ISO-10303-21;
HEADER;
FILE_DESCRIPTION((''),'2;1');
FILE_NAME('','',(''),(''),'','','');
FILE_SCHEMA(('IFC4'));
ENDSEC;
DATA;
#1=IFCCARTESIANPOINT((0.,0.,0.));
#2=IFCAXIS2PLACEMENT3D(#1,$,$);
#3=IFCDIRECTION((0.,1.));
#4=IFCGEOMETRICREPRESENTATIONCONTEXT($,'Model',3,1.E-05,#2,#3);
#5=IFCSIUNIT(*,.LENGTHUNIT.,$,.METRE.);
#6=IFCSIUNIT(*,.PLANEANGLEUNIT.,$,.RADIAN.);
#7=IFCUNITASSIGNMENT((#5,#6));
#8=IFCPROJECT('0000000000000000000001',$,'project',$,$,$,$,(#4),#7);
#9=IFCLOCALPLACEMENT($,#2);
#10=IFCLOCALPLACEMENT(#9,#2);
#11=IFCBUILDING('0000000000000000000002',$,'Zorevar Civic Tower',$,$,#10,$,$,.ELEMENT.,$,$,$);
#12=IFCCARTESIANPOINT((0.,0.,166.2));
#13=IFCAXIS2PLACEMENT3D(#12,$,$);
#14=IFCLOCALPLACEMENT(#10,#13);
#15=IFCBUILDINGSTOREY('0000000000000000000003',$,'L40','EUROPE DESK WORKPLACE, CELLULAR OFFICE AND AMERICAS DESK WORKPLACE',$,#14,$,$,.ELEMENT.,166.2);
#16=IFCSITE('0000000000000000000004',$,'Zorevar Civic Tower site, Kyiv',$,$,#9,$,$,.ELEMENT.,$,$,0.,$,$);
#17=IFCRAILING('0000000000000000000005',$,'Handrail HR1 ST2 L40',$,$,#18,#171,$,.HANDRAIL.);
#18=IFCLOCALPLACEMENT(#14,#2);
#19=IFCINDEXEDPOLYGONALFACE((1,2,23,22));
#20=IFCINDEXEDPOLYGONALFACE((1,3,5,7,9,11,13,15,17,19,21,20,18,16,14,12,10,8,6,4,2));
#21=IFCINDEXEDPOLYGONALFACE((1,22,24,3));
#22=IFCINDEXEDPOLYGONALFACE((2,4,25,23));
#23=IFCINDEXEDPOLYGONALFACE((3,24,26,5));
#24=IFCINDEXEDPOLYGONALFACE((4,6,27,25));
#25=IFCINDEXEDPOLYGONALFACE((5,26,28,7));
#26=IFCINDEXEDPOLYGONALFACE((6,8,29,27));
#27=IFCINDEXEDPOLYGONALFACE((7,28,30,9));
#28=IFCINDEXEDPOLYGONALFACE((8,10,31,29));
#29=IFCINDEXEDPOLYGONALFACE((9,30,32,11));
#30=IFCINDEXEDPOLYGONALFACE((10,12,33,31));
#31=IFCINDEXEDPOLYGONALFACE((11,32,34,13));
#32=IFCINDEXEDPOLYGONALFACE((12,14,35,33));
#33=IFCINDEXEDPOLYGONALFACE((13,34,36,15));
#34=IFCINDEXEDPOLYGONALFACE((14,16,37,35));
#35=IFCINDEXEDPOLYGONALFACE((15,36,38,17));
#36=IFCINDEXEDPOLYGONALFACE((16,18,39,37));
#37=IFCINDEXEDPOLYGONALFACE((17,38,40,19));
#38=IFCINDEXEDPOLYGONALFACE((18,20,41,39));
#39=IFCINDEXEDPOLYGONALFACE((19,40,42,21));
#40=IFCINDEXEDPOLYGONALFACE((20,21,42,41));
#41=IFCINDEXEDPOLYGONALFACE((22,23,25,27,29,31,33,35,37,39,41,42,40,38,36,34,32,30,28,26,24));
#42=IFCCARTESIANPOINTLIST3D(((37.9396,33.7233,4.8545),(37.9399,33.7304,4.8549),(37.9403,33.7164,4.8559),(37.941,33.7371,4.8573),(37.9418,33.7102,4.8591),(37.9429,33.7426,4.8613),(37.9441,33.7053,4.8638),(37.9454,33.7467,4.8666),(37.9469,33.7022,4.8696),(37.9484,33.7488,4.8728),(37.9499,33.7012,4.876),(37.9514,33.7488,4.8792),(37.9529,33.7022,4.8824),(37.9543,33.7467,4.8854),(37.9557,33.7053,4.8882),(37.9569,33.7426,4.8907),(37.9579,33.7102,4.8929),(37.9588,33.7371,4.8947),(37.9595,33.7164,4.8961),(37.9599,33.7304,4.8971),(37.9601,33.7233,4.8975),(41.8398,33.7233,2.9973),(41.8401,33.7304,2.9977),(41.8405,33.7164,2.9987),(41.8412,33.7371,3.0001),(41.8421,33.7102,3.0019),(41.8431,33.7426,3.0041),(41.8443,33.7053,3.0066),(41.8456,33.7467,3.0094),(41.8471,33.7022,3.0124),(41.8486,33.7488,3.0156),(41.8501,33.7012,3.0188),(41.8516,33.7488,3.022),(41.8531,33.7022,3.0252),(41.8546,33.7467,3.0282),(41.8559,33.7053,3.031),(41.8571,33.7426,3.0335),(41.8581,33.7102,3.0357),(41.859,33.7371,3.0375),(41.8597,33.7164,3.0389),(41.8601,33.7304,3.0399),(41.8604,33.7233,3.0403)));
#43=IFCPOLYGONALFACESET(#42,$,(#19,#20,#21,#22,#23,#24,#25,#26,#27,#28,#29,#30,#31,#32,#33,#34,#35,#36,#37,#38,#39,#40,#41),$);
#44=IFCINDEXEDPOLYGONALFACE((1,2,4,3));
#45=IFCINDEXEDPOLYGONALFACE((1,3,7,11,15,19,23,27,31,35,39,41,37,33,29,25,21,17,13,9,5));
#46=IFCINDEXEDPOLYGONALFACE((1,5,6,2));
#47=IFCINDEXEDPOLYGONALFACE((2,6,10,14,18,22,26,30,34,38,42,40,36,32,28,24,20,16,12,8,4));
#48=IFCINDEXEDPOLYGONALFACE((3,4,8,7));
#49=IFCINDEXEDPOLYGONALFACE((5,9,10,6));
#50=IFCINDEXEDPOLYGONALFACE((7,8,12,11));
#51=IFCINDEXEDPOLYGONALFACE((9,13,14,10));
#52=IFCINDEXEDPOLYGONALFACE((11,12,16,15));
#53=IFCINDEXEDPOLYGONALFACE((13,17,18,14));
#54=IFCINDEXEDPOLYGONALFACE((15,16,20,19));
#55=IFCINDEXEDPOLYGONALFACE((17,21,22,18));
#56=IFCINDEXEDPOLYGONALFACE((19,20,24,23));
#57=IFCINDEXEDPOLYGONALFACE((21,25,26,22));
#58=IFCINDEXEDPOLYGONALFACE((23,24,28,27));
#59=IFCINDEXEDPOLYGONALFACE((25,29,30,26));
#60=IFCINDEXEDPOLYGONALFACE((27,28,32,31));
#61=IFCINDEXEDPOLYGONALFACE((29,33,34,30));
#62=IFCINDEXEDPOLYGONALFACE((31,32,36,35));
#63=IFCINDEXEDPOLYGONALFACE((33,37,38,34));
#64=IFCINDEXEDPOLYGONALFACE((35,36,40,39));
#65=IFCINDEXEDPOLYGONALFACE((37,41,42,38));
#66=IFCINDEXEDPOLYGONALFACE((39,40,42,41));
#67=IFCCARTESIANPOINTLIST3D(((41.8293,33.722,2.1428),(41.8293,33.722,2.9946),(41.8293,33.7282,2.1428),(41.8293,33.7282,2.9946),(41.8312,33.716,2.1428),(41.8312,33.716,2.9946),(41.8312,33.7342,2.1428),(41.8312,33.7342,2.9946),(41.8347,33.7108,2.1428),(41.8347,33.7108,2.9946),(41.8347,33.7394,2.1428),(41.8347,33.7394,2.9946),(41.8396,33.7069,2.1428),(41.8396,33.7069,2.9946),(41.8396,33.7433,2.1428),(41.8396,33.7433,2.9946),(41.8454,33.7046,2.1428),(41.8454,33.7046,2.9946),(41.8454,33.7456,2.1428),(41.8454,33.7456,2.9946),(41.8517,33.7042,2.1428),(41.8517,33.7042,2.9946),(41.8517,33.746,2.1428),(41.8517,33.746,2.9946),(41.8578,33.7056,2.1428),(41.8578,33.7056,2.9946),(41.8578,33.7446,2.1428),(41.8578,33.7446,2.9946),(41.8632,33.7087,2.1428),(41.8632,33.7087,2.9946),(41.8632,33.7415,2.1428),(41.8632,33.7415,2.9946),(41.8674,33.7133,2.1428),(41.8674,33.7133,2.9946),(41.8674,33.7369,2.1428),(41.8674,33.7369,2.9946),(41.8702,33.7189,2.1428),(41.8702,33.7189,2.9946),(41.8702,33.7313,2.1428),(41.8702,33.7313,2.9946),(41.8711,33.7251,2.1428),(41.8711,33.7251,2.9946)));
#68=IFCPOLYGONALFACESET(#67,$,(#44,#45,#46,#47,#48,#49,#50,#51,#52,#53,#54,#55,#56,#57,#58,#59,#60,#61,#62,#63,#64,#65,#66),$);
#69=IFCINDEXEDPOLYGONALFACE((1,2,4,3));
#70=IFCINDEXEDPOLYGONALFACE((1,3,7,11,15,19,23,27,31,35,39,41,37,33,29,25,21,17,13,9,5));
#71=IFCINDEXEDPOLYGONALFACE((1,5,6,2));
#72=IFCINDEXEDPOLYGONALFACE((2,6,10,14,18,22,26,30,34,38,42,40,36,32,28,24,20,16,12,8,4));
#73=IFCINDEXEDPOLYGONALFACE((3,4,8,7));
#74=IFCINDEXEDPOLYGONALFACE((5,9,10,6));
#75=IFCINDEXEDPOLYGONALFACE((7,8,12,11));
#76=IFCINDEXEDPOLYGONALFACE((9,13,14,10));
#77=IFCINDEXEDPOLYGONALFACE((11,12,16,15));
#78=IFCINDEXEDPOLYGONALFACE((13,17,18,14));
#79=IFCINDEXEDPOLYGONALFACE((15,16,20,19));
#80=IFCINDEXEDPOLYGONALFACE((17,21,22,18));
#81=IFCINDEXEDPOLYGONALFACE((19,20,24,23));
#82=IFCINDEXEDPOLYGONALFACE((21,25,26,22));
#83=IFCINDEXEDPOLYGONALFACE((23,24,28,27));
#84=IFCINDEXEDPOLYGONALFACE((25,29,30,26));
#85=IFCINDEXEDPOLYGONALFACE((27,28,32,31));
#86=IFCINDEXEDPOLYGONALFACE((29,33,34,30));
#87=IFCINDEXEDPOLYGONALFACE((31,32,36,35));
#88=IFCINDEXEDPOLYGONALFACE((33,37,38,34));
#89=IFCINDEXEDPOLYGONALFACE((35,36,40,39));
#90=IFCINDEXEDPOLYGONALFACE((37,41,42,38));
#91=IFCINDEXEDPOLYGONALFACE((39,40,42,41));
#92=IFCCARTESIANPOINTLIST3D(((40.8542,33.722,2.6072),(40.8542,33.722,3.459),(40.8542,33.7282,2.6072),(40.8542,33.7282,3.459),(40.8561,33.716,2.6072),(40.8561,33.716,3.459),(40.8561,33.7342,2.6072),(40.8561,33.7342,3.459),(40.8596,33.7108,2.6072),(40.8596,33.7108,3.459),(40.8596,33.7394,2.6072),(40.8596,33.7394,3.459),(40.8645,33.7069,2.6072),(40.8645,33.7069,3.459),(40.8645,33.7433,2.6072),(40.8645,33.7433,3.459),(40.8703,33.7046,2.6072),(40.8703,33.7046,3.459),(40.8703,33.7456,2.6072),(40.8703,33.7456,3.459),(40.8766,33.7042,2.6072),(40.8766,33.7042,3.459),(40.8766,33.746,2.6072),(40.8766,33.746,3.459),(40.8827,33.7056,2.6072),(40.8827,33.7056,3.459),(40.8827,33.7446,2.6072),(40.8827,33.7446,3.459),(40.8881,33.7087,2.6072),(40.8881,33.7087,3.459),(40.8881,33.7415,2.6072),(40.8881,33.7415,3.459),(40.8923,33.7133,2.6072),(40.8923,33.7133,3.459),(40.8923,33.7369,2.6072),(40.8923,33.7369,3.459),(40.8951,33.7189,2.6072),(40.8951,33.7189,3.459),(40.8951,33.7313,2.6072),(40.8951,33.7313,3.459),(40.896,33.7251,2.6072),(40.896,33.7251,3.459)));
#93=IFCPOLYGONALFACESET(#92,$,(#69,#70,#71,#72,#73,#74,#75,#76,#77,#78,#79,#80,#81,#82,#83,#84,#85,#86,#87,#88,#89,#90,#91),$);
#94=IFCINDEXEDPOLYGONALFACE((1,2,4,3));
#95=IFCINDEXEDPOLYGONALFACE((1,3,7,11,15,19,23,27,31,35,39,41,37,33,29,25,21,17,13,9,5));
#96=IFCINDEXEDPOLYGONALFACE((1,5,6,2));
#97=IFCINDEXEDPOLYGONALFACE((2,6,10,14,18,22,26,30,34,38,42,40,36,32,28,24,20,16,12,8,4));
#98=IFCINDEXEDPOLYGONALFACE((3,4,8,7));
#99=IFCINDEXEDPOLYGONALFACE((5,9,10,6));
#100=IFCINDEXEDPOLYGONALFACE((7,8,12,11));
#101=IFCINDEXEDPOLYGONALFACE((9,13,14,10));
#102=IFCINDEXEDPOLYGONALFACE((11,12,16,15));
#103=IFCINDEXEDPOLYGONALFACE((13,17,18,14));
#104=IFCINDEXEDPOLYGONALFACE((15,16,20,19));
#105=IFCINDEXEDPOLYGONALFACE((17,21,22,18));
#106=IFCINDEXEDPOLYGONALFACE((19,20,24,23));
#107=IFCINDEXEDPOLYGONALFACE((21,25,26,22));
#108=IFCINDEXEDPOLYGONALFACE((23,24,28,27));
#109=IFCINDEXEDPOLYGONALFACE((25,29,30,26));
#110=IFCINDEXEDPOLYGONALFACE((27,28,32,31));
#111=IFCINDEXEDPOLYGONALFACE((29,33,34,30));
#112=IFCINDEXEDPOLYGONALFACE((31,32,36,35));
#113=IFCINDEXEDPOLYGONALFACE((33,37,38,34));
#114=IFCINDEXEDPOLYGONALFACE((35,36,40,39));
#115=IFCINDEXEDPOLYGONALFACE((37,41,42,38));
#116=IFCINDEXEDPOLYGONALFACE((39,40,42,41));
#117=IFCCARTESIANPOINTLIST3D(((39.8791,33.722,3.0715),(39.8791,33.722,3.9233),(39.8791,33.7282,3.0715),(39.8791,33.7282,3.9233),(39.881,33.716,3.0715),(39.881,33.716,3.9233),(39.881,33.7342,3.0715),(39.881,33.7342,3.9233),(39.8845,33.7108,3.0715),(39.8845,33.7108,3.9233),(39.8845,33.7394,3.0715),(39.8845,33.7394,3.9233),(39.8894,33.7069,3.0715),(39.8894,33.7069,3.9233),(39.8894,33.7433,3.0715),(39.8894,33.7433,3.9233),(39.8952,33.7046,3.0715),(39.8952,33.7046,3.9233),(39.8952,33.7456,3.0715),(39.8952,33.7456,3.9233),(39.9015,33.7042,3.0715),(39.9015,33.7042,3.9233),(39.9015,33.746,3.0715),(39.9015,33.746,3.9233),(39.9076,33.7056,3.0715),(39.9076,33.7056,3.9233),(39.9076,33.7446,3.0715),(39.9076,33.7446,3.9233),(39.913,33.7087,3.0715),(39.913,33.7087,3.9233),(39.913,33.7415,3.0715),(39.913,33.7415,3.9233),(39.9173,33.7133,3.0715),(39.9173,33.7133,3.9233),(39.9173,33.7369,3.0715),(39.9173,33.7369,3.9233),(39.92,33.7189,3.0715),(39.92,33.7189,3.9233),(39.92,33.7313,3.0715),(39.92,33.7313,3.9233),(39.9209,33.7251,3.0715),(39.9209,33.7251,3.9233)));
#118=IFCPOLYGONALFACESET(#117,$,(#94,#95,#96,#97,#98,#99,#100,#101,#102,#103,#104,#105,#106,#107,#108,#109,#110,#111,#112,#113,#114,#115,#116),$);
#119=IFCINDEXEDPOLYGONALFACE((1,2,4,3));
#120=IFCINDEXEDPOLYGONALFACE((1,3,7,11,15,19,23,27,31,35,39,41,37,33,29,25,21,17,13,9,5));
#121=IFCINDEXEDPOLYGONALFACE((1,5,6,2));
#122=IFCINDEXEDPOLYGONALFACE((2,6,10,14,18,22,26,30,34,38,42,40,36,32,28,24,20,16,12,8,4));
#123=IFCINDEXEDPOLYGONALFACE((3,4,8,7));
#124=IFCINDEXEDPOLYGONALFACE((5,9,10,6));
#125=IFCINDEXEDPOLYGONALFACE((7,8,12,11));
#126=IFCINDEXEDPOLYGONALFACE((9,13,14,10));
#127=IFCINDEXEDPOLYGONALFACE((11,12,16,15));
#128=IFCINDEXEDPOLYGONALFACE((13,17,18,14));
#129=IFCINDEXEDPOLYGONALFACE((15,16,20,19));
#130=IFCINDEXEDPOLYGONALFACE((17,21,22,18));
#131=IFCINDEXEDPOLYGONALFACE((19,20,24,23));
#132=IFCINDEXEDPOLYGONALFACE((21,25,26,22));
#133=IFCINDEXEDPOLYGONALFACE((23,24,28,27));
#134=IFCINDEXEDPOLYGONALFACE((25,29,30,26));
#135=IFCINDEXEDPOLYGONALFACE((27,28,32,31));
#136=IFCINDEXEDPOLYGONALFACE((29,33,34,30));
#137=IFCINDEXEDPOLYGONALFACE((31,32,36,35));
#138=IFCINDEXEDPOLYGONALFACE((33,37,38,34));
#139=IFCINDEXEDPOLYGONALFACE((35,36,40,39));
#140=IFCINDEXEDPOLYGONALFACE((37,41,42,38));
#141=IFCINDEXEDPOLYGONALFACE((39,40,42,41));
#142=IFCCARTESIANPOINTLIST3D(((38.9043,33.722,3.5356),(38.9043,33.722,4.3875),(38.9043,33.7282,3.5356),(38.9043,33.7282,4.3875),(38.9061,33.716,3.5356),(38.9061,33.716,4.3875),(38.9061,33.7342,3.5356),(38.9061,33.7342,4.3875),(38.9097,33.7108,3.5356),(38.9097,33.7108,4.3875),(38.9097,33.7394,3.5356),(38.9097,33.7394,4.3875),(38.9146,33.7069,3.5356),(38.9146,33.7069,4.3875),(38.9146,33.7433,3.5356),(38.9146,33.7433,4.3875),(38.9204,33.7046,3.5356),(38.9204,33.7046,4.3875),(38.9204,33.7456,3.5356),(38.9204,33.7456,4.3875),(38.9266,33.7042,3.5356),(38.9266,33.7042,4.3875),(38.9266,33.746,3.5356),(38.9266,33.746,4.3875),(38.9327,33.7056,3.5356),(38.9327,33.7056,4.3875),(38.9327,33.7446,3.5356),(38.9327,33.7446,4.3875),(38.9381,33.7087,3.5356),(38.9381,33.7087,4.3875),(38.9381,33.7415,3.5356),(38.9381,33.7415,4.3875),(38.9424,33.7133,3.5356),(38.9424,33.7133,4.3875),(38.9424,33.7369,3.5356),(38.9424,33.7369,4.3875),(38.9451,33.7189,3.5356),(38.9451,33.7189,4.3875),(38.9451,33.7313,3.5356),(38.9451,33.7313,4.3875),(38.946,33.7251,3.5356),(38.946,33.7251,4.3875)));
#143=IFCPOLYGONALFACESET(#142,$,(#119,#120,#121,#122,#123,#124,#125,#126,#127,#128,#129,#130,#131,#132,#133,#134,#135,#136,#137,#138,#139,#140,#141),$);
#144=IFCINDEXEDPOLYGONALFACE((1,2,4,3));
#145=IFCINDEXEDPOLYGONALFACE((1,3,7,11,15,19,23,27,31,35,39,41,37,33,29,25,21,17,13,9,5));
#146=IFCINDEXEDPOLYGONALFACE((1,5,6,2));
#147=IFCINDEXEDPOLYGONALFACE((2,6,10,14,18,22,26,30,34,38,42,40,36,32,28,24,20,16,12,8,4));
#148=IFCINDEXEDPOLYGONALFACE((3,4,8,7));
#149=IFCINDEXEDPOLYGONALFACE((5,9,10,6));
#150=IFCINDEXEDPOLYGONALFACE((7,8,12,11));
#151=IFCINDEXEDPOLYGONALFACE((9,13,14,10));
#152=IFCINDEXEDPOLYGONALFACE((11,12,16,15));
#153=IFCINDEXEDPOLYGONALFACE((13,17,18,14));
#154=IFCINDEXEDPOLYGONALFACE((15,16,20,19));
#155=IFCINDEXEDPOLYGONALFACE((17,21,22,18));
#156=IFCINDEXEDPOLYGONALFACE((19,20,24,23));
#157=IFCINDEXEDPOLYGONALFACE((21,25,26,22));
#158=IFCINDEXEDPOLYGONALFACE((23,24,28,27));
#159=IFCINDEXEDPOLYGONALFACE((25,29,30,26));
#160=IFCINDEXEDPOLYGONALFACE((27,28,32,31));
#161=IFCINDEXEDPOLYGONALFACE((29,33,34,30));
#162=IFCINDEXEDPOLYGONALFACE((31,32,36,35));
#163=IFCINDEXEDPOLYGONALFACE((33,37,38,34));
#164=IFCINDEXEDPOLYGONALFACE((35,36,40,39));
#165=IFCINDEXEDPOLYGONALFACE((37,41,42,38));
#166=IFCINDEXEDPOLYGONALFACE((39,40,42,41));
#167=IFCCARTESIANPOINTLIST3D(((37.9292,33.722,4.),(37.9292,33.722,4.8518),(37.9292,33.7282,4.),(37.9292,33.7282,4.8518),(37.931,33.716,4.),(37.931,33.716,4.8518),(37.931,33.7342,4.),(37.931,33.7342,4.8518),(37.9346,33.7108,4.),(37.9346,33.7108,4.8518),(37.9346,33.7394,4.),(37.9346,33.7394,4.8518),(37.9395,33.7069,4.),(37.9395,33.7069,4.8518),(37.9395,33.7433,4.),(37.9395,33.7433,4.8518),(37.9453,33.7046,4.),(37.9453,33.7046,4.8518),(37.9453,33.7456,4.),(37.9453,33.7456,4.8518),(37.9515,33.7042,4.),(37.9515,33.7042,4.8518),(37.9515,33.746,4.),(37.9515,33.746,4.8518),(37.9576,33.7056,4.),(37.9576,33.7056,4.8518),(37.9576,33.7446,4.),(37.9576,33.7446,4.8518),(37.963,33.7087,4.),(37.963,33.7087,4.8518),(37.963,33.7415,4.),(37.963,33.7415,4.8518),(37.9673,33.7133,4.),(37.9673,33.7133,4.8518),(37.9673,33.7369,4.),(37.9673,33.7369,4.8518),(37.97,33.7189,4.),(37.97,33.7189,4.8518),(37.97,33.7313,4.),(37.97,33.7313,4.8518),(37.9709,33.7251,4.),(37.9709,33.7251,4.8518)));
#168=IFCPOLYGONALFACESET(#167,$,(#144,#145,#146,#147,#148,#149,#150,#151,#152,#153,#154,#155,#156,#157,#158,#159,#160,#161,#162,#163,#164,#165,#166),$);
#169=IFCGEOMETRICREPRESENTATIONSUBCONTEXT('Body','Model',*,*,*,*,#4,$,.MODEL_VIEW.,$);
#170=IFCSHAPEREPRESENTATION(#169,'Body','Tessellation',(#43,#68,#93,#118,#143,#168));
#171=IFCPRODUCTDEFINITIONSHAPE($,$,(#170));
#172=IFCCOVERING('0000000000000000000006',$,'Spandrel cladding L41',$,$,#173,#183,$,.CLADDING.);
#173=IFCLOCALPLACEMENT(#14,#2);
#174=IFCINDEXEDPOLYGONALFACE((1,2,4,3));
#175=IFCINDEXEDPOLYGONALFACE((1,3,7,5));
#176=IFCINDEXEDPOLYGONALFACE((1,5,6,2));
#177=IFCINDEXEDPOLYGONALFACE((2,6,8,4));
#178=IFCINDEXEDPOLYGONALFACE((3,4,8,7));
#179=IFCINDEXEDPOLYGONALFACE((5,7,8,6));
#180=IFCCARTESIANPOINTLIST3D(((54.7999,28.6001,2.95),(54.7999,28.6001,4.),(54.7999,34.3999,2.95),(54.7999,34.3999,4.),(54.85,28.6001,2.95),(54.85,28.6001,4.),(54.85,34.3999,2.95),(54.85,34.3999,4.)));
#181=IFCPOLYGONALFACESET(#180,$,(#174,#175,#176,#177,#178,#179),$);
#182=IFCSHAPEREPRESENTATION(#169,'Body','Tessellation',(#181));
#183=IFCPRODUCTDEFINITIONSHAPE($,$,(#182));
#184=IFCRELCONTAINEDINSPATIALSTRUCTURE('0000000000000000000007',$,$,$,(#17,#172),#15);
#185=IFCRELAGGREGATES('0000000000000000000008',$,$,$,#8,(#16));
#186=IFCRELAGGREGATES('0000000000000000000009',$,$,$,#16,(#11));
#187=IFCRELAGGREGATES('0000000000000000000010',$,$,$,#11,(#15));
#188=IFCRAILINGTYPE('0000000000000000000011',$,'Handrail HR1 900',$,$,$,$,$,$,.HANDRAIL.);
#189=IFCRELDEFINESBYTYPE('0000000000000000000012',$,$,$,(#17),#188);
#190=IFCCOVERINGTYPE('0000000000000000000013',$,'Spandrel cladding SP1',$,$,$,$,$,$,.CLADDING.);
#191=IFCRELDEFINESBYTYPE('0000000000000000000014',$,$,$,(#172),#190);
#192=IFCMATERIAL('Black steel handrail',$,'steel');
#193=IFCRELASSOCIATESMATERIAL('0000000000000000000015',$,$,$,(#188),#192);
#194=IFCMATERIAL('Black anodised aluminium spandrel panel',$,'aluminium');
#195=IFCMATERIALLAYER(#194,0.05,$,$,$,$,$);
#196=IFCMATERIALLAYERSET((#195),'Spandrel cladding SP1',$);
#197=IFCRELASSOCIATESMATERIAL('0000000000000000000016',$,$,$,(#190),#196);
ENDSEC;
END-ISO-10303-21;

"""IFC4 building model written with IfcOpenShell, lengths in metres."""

from ifc_helpers import new_model, si_unit, direction, frame, frame_2d, origin, origin_2d, place, context, subcontext, project, spatial, rectangle, circle, extrude, material, layer, layer_set, type_object, element, save


model = new_model("IFC4")

# Units and contexts
model_context = context("Model", 3, precision=1e-05, world=origin(), true_north=direction((0.0, 1.0)))
body_context = subcontext(model_context, "Body", "Model", "MODEL_VIEW")
ifc_project = project(units=[si_unit("LENGTHUNIT", "METRE"), si_unit("PLANEANGLEUNIT", "RADIAN")], contexts=[model_context])

# Site, building, storey
site_placement = place(None, origin())
site = spatial("IfcSite", under=ifc_project, at=site_placement, Name="Zorevar Civic Tower site, Kyiv", CompositionType="ELEMENT", RefElevation=0.0)
building_placement = place(site_placement, origin())
building = spatial("IfcBuilding", under=site, at=building_placement, Name="Zorevar Civic Tower", CompositionType="ELEMENT")
storey_placement = place(building_placement, frame((0.0, 0.0, 166.2)))
storey = spatial("IfcBuildingStorey", under=building, at=storey_placement, Name="L40", Description="EUROPE DESK WORKPLACE, CELLULAR OFFICE AND AMERICAS DESK WORKPLACE", CompositionType="ELEMENT", Elevation=166.2)

# Railing
ifc_material_1 = material(Name="Black steel handrail", Category="steel")
railing_type = type_object("IfcRailingType", Name="Handrail HR1 900", PredefinedType="HANDRAIL", material=ifc_material_1)
railing_1_placement = place(storey_placement, frame((41.8501, 33.7251, 2.1428)))
element("IfcRailing", 1, at=railing_1_placement, inside=storey, type_object=railing_type, Name="Handrail HR1 ST2 L40", PredefinedType="HANDRAIL", context=body_context, shape_type="SweptSolid", body=[
    extrude(circle(Radius=0.0239, at=origin_2d()), frame((0.0, 0.0, 0.876), z_axis=(-0.902864, 0.0, 0.429927), x_axis=(0.0, -1.0, 0.0)), (0.0, 0.0, 1.0), 4.3198),
    extrude(circle(Radius=0.021, at=origin_2d()), origin(), (0.0, 0.0, 1.0), 0.8518),
    extrude(circle(Radius=0.021, at=origin_2d()), frame((-0.9751, 0.0, 0.4644)), (0.0, 0.0, 1.0), 0.8518),
    extrude(circle(Radius=0.021, at=origin_2d()), frame((-1.9502, 0.0, 0.9287)), (0.0, 0.0, 1.0), 0.8518),
    extrude(circle(Radius=0.021, at=origin_2d()), frame((-2.925, 0.0, 1.3928)), (0.0, 0.0, 1.0), 0.8518),
    extrude(circle(Radius=0.021, at=origin_2d()), frame((-3.9001, 0.0, 1.8572)), (0.0, 0.0, 1.0), 0.8518),
])

# Covering
ifc_material_2 = material(Name="Black anodised aluminium spandrel panel", Category="aluminium")
ifc_layer_1 = layer(ifc_material_2, 0.05)
ifc_layer_set_1 = layer_set([ifc_layer_1], Name="Spandrel cladding SP1")
covering_type = type_object("IfcCoveringType", Name="Spandrel cladding SP1", PredefinedType="CLADDING", material=ifc_layer_set_1)
covering_placement = place(storey_placement, frame((54.825, 28.6001, 2.95), z_axis=(0.0, 0.0, 1.0), x_axis=(0.0, 1.0, 0.0)))
element("IfcCovering", 2, at=covering_placement, inside=storey, type_object=covering_type, Name="Spandrel cladding L41", PredefinedType="CLADDING", context=body_context, shape_type="SweptSolid", body=[
    extrude(rectangle(XDim=5.7998, YDim=0.05, at=frame_2d((2.8999, 0.0))), origin(), (0.0, 0.0, 1.0), 1.05),
])

save(model, "model.ifc")
